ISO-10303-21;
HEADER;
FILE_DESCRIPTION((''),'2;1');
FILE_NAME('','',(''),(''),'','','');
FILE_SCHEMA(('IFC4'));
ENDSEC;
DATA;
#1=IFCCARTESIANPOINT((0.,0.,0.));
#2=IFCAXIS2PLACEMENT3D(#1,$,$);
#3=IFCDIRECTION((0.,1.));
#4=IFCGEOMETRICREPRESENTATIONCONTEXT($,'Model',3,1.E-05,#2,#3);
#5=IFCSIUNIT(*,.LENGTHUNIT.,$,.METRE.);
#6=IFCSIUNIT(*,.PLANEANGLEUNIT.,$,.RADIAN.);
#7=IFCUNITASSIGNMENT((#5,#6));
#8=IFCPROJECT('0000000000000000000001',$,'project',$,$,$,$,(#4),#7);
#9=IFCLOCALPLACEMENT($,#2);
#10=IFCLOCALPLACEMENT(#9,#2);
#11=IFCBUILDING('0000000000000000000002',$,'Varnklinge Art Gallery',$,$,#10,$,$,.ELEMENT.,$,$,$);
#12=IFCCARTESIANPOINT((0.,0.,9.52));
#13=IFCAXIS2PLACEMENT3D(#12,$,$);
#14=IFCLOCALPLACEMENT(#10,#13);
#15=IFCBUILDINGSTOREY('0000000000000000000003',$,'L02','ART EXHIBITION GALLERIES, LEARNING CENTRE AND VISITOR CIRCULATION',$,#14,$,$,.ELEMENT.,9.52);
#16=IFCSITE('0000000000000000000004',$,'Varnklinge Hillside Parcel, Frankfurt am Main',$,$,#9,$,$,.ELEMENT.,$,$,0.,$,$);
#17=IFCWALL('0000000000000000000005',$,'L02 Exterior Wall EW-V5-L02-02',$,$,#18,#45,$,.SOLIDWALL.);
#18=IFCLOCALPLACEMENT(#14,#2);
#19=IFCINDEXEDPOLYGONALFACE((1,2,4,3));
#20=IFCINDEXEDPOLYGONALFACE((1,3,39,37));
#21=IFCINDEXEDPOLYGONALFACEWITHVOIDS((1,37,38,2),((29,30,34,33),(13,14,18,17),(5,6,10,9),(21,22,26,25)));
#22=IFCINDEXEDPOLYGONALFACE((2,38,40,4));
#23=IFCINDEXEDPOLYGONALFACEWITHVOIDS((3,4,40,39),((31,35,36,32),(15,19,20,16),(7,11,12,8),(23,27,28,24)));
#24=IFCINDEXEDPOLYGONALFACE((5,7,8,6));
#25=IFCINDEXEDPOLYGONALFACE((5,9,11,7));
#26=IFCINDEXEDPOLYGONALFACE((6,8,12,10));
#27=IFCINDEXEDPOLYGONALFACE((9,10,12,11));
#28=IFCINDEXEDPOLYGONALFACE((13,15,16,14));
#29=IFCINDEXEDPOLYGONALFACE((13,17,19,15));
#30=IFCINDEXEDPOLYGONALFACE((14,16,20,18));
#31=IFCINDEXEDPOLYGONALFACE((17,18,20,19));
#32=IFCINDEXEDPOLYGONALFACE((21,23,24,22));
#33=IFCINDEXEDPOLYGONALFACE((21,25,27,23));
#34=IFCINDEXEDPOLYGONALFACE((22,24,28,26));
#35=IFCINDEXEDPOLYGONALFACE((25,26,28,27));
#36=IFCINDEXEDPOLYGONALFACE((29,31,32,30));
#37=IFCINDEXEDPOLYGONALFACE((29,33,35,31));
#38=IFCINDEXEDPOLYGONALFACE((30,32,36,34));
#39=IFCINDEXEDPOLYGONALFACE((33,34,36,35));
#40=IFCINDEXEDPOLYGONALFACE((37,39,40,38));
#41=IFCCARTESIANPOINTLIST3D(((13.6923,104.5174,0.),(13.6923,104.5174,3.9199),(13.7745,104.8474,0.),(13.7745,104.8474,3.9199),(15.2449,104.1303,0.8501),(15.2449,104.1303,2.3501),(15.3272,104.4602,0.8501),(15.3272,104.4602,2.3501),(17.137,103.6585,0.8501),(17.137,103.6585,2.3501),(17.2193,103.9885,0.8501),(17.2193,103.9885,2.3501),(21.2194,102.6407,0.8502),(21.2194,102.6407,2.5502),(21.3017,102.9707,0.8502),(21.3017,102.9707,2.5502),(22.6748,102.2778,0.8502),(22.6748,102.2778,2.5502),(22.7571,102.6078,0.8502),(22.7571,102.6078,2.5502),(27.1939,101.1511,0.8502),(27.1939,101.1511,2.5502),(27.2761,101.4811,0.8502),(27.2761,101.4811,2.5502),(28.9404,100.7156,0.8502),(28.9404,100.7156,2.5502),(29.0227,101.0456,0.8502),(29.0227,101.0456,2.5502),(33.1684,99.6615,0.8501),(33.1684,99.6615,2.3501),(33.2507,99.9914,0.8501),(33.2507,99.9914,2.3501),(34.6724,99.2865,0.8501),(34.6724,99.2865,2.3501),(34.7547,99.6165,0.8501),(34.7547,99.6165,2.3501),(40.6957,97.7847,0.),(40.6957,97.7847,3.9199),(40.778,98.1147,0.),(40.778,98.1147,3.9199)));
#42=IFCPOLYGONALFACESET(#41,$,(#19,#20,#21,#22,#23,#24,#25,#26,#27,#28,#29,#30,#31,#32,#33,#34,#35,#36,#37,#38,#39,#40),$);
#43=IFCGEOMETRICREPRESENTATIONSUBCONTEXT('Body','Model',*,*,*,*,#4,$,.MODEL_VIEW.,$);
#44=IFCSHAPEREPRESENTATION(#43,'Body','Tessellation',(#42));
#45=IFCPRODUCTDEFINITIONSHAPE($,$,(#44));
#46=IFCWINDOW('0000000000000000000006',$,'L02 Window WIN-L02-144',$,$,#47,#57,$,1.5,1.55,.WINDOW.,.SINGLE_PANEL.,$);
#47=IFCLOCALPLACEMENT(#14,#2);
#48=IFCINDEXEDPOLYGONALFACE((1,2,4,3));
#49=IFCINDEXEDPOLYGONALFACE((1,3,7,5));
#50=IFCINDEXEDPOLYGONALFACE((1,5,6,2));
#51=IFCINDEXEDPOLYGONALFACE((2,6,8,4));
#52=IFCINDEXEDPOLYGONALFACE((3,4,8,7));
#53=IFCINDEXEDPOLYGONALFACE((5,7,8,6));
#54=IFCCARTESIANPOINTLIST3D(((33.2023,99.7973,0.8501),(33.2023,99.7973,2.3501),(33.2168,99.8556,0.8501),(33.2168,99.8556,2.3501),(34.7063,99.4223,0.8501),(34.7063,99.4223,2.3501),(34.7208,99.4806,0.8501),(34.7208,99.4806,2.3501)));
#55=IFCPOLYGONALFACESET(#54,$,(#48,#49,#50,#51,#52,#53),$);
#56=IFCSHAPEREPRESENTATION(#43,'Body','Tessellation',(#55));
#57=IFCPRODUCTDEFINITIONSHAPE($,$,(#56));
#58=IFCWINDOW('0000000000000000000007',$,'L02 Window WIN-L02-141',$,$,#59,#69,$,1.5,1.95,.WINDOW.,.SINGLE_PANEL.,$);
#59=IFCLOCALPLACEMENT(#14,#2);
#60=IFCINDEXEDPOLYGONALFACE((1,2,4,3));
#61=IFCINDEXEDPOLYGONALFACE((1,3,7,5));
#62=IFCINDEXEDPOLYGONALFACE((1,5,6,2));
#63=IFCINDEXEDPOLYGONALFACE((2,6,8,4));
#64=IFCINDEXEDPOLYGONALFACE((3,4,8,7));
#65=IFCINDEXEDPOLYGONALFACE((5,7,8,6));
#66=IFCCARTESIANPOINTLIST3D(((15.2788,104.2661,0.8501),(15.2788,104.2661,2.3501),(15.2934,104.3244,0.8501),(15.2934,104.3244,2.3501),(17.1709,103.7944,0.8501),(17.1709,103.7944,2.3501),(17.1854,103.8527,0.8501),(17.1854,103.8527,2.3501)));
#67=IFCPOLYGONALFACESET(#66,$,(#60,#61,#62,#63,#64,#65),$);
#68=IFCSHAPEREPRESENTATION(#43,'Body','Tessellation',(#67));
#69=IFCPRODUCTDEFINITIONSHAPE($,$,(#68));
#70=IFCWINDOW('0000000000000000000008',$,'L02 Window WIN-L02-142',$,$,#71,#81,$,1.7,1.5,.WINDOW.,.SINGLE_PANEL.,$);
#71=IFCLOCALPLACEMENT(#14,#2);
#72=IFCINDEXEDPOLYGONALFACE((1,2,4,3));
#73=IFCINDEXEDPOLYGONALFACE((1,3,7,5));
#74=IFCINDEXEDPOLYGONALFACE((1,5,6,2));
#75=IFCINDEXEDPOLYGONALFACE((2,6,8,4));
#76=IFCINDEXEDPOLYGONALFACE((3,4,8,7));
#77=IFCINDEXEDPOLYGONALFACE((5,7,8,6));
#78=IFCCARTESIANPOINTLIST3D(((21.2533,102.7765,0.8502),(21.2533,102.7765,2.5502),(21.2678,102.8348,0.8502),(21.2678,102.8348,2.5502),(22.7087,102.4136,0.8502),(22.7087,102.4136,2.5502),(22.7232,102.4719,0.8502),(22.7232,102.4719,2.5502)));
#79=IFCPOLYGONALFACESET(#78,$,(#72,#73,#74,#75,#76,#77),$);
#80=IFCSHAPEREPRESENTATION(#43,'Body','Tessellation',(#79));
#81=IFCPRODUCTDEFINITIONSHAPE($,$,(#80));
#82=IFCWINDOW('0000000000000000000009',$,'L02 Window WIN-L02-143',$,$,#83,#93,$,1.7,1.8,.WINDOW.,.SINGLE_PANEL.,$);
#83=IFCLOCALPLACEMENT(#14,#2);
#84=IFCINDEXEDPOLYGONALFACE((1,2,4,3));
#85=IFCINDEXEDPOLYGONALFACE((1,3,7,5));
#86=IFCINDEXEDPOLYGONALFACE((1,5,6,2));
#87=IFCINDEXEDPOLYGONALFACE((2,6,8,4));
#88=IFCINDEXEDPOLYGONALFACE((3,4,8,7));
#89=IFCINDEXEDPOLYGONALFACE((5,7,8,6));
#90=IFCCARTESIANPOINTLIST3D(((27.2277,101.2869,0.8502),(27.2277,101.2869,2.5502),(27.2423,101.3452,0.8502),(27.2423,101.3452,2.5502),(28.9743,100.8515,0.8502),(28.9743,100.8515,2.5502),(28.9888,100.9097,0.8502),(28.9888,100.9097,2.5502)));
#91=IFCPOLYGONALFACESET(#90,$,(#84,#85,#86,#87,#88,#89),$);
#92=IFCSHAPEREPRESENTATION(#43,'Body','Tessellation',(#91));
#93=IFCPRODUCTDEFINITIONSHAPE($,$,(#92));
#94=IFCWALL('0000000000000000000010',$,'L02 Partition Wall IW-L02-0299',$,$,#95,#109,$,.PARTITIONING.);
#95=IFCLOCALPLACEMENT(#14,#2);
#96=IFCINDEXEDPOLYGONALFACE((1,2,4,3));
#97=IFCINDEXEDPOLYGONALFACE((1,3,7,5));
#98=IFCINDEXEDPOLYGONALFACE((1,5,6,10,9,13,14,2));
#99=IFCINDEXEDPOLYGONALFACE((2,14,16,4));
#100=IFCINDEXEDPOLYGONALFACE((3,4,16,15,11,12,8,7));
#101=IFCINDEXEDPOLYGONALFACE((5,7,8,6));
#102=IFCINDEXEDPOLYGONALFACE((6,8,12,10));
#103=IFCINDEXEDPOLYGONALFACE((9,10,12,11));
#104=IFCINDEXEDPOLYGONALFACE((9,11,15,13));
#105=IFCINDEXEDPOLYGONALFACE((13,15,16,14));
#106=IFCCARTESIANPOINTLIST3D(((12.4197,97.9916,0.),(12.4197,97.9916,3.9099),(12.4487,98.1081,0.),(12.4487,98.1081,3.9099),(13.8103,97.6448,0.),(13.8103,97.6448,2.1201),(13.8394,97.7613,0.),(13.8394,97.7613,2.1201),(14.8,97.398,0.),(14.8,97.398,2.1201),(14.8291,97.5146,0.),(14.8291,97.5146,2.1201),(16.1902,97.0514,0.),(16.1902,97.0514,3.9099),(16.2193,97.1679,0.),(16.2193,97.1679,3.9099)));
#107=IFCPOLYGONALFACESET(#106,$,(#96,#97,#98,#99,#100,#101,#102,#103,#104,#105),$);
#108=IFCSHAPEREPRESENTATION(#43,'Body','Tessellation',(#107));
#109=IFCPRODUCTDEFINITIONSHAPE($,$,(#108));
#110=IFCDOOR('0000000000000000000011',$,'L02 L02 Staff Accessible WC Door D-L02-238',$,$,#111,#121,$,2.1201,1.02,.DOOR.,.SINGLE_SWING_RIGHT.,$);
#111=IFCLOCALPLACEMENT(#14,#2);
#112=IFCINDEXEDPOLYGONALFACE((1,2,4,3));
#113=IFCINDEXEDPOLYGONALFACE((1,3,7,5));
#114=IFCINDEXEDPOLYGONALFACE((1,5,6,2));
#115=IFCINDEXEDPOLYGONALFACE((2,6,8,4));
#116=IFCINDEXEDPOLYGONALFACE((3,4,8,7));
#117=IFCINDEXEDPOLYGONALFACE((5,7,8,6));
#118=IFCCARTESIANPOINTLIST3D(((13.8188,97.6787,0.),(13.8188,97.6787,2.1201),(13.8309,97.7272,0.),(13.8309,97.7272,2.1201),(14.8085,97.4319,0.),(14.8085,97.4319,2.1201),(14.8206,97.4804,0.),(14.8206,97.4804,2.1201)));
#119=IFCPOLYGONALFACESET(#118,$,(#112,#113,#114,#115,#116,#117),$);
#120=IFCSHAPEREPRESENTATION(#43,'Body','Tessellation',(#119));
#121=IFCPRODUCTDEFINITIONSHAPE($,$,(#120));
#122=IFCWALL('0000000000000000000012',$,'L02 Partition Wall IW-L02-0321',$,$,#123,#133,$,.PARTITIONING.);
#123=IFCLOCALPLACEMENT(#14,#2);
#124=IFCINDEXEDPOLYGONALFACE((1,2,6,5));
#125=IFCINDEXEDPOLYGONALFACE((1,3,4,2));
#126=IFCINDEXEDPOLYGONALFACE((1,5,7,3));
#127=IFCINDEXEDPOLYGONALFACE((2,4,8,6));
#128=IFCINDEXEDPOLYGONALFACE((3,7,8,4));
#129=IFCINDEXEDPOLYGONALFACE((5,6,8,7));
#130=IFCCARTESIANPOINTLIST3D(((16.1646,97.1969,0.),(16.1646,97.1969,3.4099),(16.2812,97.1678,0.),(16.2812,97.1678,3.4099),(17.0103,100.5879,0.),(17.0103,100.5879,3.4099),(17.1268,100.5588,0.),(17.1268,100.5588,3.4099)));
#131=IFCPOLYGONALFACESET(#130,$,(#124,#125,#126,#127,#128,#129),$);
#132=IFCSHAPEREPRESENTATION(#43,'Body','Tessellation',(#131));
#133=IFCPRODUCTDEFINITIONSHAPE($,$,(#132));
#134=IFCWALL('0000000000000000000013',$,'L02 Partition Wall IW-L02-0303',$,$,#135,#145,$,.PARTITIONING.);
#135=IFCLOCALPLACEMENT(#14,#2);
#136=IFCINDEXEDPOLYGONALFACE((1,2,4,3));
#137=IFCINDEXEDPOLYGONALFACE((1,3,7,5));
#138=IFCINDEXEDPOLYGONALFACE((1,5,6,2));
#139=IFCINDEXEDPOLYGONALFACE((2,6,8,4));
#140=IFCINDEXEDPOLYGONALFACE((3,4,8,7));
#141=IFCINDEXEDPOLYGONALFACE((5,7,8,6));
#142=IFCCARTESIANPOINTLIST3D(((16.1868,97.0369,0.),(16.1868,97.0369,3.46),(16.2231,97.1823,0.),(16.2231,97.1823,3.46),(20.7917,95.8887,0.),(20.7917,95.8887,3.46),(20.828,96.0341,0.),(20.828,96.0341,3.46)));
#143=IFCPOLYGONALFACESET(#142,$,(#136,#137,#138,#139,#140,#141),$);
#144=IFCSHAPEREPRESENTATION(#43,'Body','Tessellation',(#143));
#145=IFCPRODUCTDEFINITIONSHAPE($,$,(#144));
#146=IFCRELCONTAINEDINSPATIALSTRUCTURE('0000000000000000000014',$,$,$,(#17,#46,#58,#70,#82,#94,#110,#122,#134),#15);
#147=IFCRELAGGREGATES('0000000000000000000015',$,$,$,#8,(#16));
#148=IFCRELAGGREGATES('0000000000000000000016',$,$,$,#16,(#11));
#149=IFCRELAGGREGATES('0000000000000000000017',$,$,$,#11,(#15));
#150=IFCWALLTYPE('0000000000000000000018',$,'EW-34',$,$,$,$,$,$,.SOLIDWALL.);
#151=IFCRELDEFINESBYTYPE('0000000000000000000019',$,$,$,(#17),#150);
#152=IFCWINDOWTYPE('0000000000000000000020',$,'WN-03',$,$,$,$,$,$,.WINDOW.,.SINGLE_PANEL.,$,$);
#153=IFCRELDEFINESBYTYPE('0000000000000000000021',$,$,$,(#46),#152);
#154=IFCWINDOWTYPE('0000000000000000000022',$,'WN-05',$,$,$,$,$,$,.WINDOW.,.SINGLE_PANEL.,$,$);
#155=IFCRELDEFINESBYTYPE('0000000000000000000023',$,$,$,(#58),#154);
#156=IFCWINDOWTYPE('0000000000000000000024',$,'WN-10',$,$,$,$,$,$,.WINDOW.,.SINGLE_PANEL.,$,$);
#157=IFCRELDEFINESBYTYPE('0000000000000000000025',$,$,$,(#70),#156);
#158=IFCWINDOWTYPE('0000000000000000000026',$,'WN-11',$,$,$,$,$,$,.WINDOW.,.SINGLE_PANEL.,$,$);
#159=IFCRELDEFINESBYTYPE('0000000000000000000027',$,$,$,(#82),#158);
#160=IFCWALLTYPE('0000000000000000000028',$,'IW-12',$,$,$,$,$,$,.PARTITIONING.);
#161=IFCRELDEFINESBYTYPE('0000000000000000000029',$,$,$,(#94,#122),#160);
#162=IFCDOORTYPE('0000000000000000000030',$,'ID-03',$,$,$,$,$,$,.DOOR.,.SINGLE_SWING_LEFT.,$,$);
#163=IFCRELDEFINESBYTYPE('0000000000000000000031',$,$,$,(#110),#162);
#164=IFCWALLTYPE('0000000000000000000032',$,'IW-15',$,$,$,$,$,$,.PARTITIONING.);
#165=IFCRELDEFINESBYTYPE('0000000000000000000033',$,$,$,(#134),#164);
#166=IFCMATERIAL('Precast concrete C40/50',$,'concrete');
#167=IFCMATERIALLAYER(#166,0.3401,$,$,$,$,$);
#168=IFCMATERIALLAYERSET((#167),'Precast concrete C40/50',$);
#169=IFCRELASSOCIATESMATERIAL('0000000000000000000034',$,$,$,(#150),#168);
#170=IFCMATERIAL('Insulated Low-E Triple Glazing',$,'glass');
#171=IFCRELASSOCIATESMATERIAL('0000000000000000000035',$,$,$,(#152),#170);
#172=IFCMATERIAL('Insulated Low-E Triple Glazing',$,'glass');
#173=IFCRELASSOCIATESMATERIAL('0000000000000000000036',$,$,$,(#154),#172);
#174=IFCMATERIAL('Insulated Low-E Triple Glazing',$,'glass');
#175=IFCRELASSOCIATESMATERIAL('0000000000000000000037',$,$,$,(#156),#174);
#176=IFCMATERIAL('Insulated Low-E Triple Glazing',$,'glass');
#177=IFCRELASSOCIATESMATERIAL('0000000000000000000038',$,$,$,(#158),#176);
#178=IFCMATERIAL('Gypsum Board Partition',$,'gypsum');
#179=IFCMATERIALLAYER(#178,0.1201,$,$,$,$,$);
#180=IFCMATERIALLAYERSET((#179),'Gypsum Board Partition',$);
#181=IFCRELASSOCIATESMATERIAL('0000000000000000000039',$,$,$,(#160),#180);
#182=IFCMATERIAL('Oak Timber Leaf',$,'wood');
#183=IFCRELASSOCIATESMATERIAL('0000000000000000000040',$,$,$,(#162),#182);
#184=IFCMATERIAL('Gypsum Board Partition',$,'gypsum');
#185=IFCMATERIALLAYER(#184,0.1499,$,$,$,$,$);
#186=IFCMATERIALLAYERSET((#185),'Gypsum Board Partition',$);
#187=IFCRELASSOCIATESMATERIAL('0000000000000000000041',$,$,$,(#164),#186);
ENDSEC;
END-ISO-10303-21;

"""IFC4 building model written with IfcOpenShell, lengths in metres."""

from ifc_helpers import new_model, si_unit, direction, frame, frame_2d, origin, place, context, subcontext, project, spatial, rectangle, extrude, material, layer, layer_set, type_object, element, fill, save


model = new_model("IFC4")

# Units and contexts
model_context = context("Model", 3, precision=1e-05, world=origin(), true_north=direction((0.0, 1.0)))
body_context = subcontext(model_context, "Body", "Model", "MODEL_VIEW")
ifc_project = project(units=[si_unit("LENGTHUNIT", "METRE"), si_unit("PLANEANGLEUNIT", "RADIAN")], contexts=[model_context])

# Site, building, storey
site_placement = place(None, origin())
site = spatial("IfcSite", under=ifc_project, at=site_placement, Name="Varnklinge Hillside Parcel, Frankfurt am Main", CompositionType="ELEMENT", RefElevation=0.0)
building_placement = place(site_placement, origin())
building = spatial("IfcBuilding", under=site, at=building_placement, Name="Varnklinge Art Gallery", CompositionType="ELEMENT")
storey_placement = place(building_placement, frame((0.0, 0.0, 9.52)))
storey = spatial("IfcBuildingStorey", under=building, at=storey_placement, Name="L02", Description="ART EXHIBITION GALLERIES, LEARNING CENTRE AND VISITOR CIRCULATION", CompositionType="ELEMENT", Elevation=9.52)

# Wall, openings, windows
ifc_material_1 = material(Name="Precast concrete C40/50", Category="concrete")
ifc_layer_1 = layer(ifc_material_1, 0.3401)
ifc_layer_set_1 = layer_set([ifc_layer_1], Name="Precast concrete C40/50")
wall_type_1 = type_object("IfcWallType", Name="EW-34", PredefinedType="SOLIDWALL", material=ifc_layer_set_1)
wall_1_placement = place(storey_placement, frame((13.7334, 104.6824, 0.0), z_axis=(0.0, 0.0, 1.0), x_axis=(0.970296, -0.24192, 0.0)))
wall_1 = element("IfcWall", 1, at=wall_1_placement, inside=storey, type_object=wall_type_1, Name="L02 Exterior Wall EW-V5-L02-02", PredefinedType="SOLIDWALL", context=body_context, shape_type="SweptSolid", body=[
    extrude(rectangle(XDim=27.8301, YDim=0.3401, at=frame_2d((13.915, 0.0))), origin(), (0.0, 0.0, 1.0), 3.9199),
])
opening_1_placement = place(wall_1_placement, frame((1.6001, 0.0, 0.8501)))
opening_1 = element("IfcOpeningElement", 2, at=opening_1_placement, cuts=wall_1, PredefinedType="OPENING", context=body_context, shape_type="SweptSolid", body=[
    extrude(rectangle(XDim=1.95, YDim=1.5, at=frame_2d((0.9751, 0.75))), frame((0.0, 0.1799, 0.0), z_axis=(0.0, -1.0, 0.0), x_axis=(1.0, 0.0, 0.0)), (0.0, 0.0, 1.0), 0.3601),
])
opening_2_placement = place(wall_1_placement, frame((7.7576, 0.0, 0.8501)))
opening_2 = element("IfcOpeningElement", 3, at=opening_2_placement, cuts=wall_1, PredefinedType="OPENING", context=body_context, shape_type="SweptSolid", body=[
    extrude(rectangle(XDim=1.5, YDim=1.7, at=frame_2d((0.75, 0.8501))), frame((0.0, 0.1799, 0.0), z_axis=(0.0, -1.0, 0.0), x_axis=(1.0, 0.0, 0.0)), (0.0, 0.0, 1.0), 0.3601),
])
opening_3_placement = place(wall_1_placement, frame((13.915, 0.0, 0.8501)))
opening_3 = element("IfcOpeningElement", 4, at=opening_3_placement, cuts=wall_1, PredefinedType="OPENING", context=body_context, shape_type="SweptSolid", body=[
    extrude(rectangle(XDim=1.8, YDim=1.7, at=frame_2d((0.8999, 0.8501))), frame((0.0, 0.1799, 0.0), z_axis=(0.0, -1.0, 0.0), x_axis=(1.0, 0.0, 0.0)), (0.0, 0.0, 1.0), 0.3601),
])
opening_4_placement = place(wall_1_placement, frame((20.0725, 0.0, 0.8501)))
opening_4 = element("IfcOpeningElement", 5, at=opening_4_placement, cuts=wall_1, PredefinedType="OPENING", context=body_context, shape_type="SweptSolid", body=[
    extrude(rectangle(XDim=1.55, YDim=1.5, at=frame_2d((0.7749, 0.75))), frame((0.0, 0.1799, 0.0), z_axis=(0.0, -1.0, 0.0), x_axis=(1.0, 0.0, 0.0)), (0.0, 0.0, 1.0), 0.3601),
])
ifc_material_2 = material(Name="Insulated Low-E Triple Glazing", Category="glass")
window_type_1 = type_object("IfcWindowType", Name="WN-03", PartitioningType="SINGLE_PANEL", PredefinedType="WINDOW", material=ifc_material_2)
window_1_placement = place(opening_4_placement, origin())
window_1 = element("IfcWindow", 6, at=window_1_placement, inside=storey, type_object=window_type_1, Name="L02 Window WIN-L02-144", OverallHeight=1.5, OverallWidth=1.55, PartitioningType="SINGLE_PANEL", PredefinedType="WINDOW", context=body_context, shape_type="SweptSolid", body=[
    extrude(rectangle(XDim=1.55, YDim=1.5, at=frame_2d((0.7749, 0.75))), frame((0.0, 0.03, 0.0), z_axis=(0.0, -1.0, 0.0), x_axis=(1.0, 0.0, 0.0)), (0.0, 0.0, 1.0), 0.0601),
])
fill(opening_4, window_1)
ifc_material_3 = material(Name="Insulated Low-E Triple Glazing", Category="glass")
window_type_2 = type_object("IfcWindowType", Name="WN-05", PartitioningType="SINGLE_PANEL", PredefinedType="WINDOW", material=ifc_material_3)
window_2_placement = place(opening_1_placement, origin())
window_2 = element("IfcWindow", 7, at=window_2_placement, inside=storey, type_object=window_type_2, Name="L02 Window WIN-L02-141", OverallHeight=1.5, OverallWidth=1.95, PartitioningType="SINGLE_PANEL", PredefinedType="WINDOW", context=body_context, shape_type="SweptSolid", body=[
    extrude(rectangle(XDim=1.95, YDim=1.5, at=frame_2d((0.9751, 0.75))), frame((0.0, 0.03, 0.0), z_axis=(0.0, -1.0, 0.0), x_axis=(1.0, 0.0, 0.0)), (0.0, 0.0, 1.0), 0.0601),
])
fill(opening_1, window_2)
ifc_material_4 = material(Name="Insulated Low-E Triple Glazing", Category="glass")
window_type_3 = type_object("IfcWindowType", Name="WN-10", PartitioningType="SINGLE_PANEL", PredefinedType="WINDOW", material=ifc_material_4)
window_3_placement = place(opening_2_placement, origin())
window_3 = element("IfcWindow", 8, at=window_3_placement, inside=storey, type_object=window_type_3, Name="L02 Window WIN-L02-142", OverallHeight=1.7, OverallWidth=1.5, PartitioningType="SINGLE_PANEL", PredefinedType="WINDOW", context=body_context, shape_type="SweptSolid", body=[
    extrude(rectangle(XDim=1.5, YDim=1.7, at=frame_2d((0.75, 0.8501))), frame((0.0, 0.03, 0.0), z_axis=(0.0, -1.0, 0.0), x_axis=(1.0, 0.0, 0.0)), (0.0, 0.0, 1.0), 0.0601),
])
fill(opening_2, window_3)
ifc_material_5 = material(Name="Insulated Low-E Triple Glazing", Category="glass")
window_type_4 = type_object("IfcWindowType", Name="WN-11", PartitioningType="SINGLE_PANEL", PredefinedType="WINDOW", material=ifc_material_5)
window_4_placement = place(opening_3_placement, origin())
window_4 = element("IfcWindow", 9, at=window_4_placement, inside=storey, type_object=window_type_4, Name="L02 Window WIN-L02-143", OverallHeight=1.7, OverallWidth=1.8, PartitioningType="SINGLE_PANEL", PredefinedType="WINDOW", context=body_context, shape_type="SweptSolid", body=[
    extrude(rectangle(XDim=1.8, YDim=1.7, at=frame_2d((0.8999, 0.8501))), frame((0.0, 0.03, 0.0), z_axis=(0.0, -1.0, 0.0), x_axis=(1.0, 0.0, 0.0)), (0.0, 0.0, 1.0), 0.0601),
])
fill(opening_3, window_4)

# Wall, opening, door
ifc_material_6 = material(Name="Gypsum Board Partition", Category="gypsum")
ifc_layer_2 = layer(ifc_material_6, 0.1201)
ifc_layer_set_2 = layer_set([ifc_layer_2], Name="Gypsum Board Partition")
wall_type_2 = type_object("IfcWallType", Name="IW-12", PredefinedType="PARTITIONING", material=ifc_layer_set_2)
wall_2_placement = place(storey_placement, frame((12.4343, 98.0498, 0.0), z_axis=(0.0, 0.0, 1.0), x_axis=(0.97029, -0.241944, 0.0)))
wall_2 = element("IfcWall", 10, at=wall_2_placement, inside=storey, type_object=wall_type_2, Name="L02 Partition Wall IW-L02-0299", PredefinedType="PARTITIONING", context=body_context, shape_type="SweptSolid", body=[
    extrude(rectangle(XDim=3.886, YDim=0.1201, at=frame_2d((1.9429, 0.0))), origin(), (0.0, 0.0, 1.0), 3.9099),
])
opening_5_placement = place(wall_2_placement, frame((1.4331, 0.0, 0.0)))
opening_5 = element("IfcOpeningElement", 11, at=opening_5_placement, cuts=wall_2, PredefinedType="OPENING", context=body_context, shape_type="SweptSolid", body=[
    extrude(rectangle(XDim=1.02, YDim=2.1201, at=frame_2d((0.51, 1.0601))), frame((0.0, 0.0701, 0.0), z_axis=(0.0, -1.0, 0.0), x_axis=(1.0, 0.0, 0.0)), (0.0, 0.0, 1.0), 0.1401),
])
ifc_material_7 = material(Name="Oak Timber Leaf", Category="wood")
door_type = type_object("IfcDoorType", Name="ID-03", OperationType="SINGLE_SWING_LEFT", PredefinedType="DOOR", material=ifc_material_7)
door_placement = place(opening_5_placement, origin())
door = element("IfcDoor", 12, at=door_placement, inside=storey, type_object=door_type, Name="L02 L02 Staff Accessible WC Door D-L02-238", OperationType="SINGLE_SWING_RIGHT", OverallHeight=2.1201, OverallWidth=1.02, PredefinedType="DOOR", context=body_context, shape_type="SweptSolid", body=[
    extrude(rectangle(XDim=1.02, YDim=2.1201, at=frame_2d((0.51, 1.0601))), frame((0.0, 0.0249, 0.0), z_axis=(0.0, -1.0, 0.0), x_axis=(1.0, 0.0, 0.0)), (0.0, 0.0, 1.0), 0.05),
])
fill(opening_5, door)

# Walls
wall_3_placement = place(storey_placement, frame((17.0686, 100.5735, 0.0), z_axis=(0.0, 0.0, 1.0), x_axis=(-0.241977, -0.970282, 0.0)))
element("IfcWall", 13, at=wall_3_placement, inside=storey, type_object=wall_type_2, Name="L02 Partition Wall IW-L02-0321", PredefinedType="PARTITIONING", context=body_context, shape_type="SweptSolid", body=[
    extrude(rectangle(XDim=3.4949, YDim=0.1201, at=frame_2d((1.7476, 0.0))), origin(), (0.0, 0.0, 1.0), 3.4099),
])
ifc_material_8 = material(Name="Gypsum Board Partition", Category="gypsum")
ifc_layer_3 = layer(ifc_material_8, 0.1499)
ifc_layer_set_3 = layer_set([ifc_layer_3], Name="Gypsum Board Partition")
wall_type_3 = type_object("IfcWallType", Name="IW-15", PredefinedType="PARTITIONING", material=ifc_layer_set_3)
wall_4_placement = place(storey_placement, frame((16.2048, 97.1096, 0.0), z_axis=(0.0, 0.0, 1.0), x_axis=(0.970294, -0.24193, 0.0)))
element("IfcWall", 14, at=wall_4_placement, inside=storey, type_object=wall_type_3, Name="L02 Partition Wall IW-L02-0303", PredefinedType="PARTITIONING", context=body_context, shape_type="SweptSolid", body=[
    extrude(rectangle(XDim=4.7458, YDim=0.1499, at=frame_2d((2.373, 0.0))), origin(), (0.0, 0.0, 1.0), 3.46),
])

save(model, "model.ifc")
